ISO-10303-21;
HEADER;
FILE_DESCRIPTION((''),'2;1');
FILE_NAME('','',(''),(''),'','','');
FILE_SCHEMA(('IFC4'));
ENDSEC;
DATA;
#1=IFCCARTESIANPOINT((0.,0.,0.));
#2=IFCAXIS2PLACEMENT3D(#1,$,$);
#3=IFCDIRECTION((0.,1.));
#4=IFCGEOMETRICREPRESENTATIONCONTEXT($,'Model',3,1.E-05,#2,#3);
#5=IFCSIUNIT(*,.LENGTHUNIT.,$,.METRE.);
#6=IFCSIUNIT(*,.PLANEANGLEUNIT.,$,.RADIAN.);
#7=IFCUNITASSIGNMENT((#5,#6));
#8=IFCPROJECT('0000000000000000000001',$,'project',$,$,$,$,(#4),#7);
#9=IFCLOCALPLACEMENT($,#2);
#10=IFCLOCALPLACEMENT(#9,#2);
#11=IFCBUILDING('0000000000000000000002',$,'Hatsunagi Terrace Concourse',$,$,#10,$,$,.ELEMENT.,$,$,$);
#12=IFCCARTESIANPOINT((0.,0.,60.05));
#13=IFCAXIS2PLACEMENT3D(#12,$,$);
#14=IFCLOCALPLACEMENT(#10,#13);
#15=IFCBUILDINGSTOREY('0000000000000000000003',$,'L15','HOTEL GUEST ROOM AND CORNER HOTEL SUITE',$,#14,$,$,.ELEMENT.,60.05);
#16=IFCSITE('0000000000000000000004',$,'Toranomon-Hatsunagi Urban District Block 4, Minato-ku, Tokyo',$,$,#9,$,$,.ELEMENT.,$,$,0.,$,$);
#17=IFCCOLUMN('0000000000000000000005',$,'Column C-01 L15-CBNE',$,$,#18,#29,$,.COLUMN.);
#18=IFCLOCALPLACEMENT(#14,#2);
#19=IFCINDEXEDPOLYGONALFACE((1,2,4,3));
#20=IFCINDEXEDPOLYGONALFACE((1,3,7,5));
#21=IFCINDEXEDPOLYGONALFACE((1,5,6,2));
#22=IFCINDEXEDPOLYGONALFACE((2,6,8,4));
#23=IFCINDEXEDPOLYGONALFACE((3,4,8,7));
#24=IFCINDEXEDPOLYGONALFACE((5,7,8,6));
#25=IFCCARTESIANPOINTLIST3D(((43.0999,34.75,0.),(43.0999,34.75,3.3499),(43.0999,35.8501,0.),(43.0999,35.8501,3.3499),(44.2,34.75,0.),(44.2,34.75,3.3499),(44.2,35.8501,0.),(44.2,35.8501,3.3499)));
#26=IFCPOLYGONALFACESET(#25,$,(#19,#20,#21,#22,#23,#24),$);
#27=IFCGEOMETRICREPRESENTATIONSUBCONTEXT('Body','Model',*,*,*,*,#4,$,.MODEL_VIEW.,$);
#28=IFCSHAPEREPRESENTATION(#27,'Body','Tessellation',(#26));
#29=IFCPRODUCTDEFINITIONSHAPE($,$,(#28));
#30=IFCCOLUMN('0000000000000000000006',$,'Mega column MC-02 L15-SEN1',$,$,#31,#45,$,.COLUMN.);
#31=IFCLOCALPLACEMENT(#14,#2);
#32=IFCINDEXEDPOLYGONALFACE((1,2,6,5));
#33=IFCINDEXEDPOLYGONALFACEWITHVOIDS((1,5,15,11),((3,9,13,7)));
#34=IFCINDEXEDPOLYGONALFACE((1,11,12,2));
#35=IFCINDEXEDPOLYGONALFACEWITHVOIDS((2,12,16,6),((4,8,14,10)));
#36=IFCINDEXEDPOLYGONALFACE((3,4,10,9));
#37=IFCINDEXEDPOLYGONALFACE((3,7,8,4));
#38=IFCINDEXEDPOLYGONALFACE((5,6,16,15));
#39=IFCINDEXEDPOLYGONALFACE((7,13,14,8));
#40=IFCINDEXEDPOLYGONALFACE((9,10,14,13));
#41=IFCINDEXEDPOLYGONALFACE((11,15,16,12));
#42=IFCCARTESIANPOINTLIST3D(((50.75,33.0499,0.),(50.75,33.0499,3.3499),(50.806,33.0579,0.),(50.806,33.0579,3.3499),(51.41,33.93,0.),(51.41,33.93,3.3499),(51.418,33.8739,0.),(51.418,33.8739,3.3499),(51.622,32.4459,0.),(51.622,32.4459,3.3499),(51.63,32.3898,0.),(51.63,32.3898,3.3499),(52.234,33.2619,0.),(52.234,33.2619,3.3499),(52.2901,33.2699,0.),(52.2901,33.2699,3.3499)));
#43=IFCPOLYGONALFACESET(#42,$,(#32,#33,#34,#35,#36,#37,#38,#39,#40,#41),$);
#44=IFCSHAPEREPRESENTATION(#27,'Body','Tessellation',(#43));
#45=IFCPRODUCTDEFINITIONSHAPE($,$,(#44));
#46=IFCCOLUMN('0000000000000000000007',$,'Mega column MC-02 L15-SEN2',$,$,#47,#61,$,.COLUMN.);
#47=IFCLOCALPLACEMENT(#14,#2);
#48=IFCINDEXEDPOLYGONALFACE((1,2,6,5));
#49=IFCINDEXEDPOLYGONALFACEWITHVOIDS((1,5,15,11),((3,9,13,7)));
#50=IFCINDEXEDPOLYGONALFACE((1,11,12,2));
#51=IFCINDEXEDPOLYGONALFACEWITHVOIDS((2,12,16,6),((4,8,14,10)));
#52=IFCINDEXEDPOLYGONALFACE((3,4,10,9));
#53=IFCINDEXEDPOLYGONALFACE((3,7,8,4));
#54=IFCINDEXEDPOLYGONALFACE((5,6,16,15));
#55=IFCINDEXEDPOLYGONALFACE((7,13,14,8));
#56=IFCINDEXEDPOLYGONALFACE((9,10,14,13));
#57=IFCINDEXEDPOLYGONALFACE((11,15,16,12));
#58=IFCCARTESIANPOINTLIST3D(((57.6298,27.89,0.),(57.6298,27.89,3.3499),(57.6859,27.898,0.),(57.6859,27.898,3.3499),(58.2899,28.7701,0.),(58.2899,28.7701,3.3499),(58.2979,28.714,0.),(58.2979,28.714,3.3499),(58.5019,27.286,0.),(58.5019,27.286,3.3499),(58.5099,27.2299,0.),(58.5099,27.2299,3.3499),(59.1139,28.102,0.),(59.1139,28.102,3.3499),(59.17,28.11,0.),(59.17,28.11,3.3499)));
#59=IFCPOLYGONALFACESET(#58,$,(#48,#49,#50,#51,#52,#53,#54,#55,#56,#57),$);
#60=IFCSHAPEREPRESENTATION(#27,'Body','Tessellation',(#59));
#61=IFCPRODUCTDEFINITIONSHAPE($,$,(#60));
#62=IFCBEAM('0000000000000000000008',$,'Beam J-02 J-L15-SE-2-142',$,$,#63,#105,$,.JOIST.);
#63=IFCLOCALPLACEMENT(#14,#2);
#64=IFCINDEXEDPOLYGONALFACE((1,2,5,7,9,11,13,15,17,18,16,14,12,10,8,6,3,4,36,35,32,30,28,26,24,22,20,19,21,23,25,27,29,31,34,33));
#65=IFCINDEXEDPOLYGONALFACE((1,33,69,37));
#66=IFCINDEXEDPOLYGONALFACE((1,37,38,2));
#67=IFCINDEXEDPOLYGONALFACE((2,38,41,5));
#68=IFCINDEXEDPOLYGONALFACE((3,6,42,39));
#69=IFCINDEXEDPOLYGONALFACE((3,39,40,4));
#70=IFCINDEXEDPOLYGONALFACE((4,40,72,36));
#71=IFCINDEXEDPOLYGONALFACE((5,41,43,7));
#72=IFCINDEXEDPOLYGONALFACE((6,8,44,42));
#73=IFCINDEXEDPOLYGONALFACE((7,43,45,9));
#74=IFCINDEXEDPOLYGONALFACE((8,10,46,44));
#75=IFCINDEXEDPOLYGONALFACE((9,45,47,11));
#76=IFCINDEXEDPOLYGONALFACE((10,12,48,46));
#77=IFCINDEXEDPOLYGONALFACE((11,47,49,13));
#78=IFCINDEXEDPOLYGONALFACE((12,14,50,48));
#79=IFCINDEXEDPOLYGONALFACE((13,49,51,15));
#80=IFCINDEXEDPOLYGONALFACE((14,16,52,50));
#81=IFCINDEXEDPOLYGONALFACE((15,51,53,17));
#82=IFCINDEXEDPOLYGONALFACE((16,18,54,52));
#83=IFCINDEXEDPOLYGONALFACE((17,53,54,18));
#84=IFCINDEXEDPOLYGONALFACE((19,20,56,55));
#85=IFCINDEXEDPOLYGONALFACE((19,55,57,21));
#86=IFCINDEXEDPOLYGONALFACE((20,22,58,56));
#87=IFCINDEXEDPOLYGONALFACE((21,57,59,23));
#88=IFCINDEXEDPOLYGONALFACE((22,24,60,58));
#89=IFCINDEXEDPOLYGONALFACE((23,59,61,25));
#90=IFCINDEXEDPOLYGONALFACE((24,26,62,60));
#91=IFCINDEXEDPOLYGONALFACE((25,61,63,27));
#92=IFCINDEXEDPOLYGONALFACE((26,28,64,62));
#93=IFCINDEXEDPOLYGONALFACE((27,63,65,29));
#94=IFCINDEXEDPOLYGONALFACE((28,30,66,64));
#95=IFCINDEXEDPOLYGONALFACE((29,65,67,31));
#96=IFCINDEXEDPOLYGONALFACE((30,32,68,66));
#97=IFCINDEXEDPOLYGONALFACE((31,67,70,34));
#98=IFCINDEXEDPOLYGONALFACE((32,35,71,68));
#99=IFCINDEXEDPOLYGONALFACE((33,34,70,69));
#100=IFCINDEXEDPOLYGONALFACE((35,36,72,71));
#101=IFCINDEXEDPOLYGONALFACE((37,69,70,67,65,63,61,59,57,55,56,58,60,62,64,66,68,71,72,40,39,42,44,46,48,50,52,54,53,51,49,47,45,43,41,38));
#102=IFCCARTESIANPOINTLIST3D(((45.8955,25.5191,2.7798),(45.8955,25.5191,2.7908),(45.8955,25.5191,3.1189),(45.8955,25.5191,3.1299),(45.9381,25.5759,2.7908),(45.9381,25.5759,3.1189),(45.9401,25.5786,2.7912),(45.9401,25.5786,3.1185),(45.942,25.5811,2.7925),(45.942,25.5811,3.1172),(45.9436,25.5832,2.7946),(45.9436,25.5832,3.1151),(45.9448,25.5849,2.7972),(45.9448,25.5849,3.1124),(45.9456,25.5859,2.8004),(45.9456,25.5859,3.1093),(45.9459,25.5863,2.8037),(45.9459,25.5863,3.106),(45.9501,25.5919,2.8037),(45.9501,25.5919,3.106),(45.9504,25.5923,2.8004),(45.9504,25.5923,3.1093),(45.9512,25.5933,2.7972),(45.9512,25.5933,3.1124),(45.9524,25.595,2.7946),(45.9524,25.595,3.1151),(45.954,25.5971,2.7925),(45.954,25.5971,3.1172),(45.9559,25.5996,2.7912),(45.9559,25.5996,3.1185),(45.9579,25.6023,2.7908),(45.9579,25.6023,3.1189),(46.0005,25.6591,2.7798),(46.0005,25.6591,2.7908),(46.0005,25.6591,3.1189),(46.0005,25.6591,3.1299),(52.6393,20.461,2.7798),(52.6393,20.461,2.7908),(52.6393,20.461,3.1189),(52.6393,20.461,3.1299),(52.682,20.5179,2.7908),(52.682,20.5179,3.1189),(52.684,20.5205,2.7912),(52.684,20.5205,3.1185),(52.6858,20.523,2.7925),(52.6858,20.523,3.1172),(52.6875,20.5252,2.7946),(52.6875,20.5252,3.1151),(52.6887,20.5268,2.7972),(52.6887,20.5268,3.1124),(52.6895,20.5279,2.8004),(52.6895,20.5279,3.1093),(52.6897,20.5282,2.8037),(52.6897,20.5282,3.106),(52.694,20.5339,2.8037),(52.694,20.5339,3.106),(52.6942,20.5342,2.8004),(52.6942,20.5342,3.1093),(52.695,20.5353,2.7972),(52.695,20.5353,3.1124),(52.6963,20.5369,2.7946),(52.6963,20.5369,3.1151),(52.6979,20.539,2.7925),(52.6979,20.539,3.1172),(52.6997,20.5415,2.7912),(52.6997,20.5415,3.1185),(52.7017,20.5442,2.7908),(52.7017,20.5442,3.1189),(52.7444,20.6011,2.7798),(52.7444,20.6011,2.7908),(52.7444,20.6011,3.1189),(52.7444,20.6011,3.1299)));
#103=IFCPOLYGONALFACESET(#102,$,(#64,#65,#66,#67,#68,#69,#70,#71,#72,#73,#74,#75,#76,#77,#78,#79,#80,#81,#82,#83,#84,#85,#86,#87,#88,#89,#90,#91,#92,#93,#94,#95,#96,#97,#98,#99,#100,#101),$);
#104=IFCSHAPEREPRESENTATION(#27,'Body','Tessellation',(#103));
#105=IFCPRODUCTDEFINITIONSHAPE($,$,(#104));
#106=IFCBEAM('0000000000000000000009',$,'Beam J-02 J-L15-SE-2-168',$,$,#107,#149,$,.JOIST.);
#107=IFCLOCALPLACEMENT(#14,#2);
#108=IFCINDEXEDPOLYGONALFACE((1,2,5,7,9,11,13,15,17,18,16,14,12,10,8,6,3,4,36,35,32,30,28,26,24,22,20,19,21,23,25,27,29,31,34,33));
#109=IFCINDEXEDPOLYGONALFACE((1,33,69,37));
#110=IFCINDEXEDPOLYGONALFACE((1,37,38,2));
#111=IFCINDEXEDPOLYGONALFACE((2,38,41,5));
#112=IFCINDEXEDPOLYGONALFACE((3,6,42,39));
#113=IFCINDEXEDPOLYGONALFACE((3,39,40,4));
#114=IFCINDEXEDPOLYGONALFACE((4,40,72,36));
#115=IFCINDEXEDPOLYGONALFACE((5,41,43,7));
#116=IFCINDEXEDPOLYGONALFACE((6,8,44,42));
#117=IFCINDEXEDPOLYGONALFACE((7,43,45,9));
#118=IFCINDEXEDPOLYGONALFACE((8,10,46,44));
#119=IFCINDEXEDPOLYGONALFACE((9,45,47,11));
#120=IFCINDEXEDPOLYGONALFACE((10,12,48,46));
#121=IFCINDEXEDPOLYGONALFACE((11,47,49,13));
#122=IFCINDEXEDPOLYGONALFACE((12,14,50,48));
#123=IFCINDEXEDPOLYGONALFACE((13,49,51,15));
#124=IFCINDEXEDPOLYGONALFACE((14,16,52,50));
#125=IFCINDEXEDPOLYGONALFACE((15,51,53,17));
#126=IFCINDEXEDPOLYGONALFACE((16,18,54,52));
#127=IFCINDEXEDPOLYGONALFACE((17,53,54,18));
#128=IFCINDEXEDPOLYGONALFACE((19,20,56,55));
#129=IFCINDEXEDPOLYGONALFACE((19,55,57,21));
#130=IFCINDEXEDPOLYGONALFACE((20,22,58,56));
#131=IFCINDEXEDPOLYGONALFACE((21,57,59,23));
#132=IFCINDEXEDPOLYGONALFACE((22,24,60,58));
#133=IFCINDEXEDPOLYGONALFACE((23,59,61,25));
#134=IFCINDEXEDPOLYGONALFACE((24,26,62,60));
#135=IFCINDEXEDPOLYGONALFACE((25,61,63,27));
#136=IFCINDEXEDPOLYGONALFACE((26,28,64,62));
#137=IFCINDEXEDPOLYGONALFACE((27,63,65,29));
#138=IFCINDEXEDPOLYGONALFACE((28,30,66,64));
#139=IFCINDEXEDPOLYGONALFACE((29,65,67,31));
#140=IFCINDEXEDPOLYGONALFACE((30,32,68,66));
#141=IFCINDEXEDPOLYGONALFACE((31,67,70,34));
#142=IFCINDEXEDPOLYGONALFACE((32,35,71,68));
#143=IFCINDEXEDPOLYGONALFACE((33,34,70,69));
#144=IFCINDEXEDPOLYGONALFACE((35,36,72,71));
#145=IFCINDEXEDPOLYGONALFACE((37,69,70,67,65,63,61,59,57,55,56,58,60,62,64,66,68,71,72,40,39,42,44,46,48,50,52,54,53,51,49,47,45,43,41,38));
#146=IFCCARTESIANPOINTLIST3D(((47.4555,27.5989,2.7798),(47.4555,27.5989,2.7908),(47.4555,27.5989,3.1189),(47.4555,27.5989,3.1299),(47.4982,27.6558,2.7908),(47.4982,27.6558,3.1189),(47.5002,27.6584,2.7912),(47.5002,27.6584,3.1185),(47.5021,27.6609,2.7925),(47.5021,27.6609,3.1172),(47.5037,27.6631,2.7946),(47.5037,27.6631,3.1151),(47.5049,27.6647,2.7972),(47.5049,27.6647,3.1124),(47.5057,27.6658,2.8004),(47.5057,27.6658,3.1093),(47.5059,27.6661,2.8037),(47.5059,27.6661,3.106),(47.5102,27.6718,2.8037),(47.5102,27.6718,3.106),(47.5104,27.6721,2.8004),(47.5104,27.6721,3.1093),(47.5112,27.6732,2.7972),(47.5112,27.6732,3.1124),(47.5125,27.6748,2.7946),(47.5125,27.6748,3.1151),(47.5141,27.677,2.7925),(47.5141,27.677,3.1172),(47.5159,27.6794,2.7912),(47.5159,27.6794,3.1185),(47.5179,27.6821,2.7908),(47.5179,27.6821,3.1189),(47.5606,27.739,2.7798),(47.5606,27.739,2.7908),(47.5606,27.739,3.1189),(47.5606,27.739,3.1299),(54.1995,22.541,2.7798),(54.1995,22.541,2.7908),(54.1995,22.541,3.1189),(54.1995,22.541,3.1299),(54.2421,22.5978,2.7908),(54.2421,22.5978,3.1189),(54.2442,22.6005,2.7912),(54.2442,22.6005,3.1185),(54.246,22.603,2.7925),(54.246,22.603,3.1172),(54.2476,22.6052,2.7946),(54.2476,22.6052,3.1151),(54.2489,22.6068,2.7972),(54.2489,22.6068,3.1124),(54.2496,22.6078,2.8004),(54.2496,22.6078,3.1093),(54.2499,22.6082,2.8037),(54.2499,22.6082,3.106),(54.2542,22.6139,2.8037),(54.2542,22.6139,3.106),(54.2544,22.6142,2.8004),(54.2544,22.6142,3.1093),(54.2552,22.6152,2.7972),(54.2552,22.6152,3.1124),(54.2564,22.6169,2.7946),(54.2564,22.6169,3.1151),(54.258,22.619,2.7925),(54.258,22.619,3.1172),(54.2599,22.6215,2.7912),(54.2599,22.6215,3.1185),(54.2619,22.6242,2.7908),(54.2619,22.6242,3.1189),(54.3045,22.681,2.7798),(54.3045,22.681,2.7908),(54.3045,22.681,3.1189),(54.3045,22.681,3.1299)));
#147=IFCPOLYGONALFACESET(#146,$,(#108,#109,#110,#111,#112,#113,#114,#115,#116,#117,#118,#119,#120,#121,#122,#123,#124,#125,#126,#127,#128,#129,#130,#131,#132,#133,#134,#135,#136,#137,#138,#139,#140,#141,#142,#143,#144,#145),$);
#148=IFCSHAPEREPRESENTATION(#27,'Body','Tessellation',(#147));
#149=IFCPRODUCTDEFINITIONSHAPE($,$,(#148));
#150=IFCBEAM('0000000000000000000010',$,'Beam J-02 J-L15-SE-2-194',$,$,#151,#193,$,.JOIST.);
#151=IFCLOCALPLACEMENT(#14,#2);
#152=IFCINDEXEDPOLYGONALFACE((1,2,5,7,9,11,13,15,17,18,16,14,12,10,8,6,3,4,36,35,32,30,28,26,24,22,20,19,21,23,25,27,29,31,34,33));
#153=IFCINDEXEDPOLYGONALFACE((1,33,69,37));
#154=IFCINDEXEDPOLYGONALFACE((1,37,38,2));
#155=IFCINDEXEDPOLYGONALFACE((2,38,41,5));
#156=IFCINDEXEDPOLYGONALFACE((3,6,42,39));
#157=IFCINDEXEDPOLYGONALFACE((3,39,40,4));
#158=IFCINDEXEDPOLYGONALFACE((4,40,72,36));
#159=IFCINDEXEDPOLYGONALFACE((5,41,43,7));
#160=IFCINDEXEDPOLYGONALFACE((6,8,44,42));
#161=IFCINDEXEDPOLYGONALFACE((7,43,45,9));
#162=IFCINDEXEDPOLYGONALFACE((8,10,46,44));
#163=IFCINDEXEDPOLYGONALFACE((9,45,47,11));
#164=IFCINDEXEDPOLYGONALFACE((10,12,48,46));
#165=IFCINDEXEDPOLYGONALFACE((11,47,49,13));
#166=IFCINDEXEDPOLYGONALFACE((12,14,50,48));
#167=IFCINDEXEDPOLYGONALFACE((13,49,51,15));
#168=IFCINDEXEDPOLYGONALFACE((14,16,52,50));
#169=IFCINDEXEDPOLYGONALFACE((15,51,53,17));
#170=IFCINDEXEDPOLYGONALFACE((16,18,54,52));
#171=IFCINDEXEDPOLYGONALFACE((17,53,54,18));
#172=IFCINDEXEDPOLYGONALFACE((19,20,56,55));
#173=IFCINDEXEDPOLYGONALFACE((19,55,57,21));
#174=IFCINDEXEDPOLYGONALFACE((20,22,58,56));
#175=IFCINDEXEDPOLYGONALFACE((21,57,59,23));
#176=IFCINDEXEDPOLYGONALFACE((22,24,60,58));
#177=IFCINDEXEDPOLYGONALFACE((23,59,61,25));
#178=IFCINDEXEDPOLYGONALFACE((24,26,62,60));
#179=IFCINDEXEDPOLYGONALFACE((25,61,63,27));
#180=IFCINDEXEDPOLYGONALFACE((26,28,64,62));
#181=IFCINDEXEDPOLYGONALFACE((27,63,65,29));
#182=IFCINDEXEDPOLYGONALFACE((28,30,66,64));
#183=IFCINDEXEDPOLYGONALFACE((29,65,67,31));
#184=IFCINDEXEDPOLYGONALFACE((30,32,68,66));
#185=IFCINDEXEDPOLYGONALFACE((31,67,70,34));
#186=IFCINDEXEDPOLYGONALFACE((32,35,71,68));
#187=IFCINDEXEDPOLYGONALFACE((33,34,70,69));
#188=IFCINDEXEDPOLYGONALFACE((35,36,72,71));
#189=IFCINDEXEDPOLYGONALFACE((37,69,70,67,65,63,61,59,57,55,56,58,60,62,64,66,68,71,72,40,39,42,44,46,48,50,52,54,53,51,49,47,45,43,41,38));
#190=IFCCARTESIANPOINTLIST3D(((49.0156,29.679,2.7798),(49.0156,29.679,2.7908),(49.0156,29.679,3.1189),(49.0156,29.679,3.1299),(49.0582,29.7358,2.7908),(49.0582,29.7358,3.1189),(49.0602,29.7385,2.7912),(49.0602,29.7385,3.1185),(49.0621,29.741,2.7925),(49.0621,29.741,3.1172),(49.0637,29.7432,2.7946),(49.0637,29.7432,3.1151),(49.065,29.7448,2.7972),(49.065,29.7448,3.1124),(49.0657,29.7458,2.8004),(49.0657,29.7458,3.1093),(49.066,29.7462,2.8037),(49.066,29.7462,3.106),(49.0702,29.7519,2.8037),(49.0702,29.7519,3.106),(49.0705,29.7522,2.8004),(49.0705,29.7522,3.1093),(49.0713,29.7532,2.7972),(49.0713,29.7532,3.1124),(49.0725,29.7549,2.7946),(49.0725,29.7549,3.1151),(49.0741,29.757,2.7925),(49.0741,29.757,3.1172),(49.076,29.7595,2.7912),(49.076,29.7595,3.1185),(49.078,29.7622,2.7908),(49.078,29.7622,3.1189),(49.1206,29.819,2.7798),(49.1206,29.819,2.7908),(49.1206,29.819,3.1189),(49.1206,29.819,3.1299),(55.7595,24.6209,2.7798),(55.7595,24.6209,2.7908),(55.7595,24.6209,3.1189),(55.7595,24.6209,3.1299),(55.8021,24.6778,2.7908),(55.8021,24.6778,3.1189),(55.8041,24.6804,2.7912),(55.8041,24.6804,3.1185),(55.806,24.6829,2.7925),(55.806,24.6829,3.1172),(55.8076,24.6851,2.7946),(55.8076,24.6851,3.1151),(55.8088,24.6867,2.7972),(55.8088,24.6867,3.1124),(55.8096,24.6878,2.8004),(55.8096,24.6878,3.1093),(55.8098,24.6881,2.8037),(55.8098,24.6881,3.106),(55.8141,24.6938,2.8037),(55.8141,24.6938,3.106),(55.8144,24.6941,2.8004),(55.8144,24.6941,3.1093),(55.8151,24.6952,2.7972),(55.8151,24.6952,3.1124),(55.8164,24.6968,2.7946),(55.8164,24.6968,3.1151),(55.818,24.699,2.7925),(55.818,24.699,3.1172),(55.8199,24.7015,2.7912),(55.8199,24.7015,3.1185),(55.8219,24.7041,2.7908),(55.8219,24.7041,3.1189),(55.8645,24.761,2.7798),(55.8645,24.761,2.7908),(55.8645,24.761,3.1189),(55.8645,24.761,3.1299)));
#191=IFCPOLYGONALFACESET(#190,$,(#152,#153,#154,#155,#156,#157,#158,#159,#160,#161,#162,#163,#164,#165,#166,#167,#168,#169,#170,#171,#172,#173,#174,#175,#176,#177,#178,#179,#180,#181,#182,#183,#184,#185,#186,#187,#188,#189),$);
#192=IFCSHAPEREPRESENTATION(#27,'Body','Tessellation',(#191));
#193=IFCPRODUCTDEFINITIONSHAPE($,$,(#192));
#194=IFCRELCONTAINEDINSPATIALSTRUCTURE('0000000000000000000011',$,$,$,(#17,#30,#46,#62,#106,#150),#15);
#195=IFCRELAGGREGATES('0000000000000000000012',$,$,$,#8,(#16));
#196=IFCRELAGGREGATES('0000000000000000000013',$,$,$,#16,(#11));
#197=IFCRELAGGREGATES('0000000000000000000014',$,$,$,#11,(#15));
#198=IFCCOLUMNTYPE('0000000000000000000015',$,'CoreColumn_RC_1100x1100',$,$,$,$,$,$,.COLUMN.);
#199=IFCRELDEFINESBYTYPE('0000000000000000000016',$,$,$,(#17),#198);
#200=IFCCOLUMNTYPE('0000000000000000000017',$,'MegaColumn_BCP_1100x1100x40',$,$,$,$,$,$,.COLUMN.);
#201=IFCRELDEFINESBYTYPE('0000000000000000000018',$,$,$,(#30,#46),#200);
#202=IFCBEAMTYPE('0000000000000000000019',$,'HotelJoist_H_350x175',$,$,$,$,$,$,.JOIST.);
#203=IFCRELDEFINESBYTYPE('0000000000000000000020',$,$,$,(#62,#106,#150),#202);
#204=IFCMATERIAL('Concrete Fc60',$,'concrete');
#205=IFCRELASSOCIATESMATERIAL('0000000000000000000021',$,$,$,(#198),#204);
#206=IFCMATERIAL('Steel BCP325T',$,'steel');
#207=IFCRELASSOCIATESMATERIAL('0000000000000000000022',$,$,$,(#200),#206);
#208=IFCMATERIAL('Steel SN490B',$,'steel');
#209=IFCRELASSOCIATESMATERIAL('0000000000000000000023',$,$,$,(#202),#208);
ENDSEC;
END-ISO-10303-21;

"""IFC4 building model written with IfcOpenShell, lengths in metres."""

from ifc_helpers import new_model, si_unit, direction, frame, origin, origin_2d, place, context, subcontext, project, spatial, rectangle, hollow_rectangle, i_section, extrude, material, material_profile, profile_set, type_object, element, save


model = new_model("IFC4")

# Units and contexts
model_context = context("Model", 3, precision=1e-05, world=origin(), true_north=direction((0.0, 1.0)))
body_context = subcontext(model_context, "Body", "Model", "MODEL_VIEW")
ifc_project = project(units=[si_unit("LENGTHUNIT", "METRE"), si_unit("PLANEANGLEUNIT", "RADIAN")], contexts=[model_context])

# Site, building, storey
site_placement = place(None, origin())
site = spatial("IfcSite", under=ifc_project, at=site_placement, Name="Toranomon-Hatsunagi Urban District Block 4, Minato-ku, Tokyo", CompositionType="ELEMENT", RefElevation=0.0)
building_placement = place(site_placement, origin())
building = spatial("IfcBuilding", under=site, at=building_placement, Name="Hatsunagi Terrace Concourse", CompositionType="ELEMENT")
storey_placement = place(building_placement, frame((0.0, 0.0, 60.05)))
storey = spatial("IfcBuildingStorey", under=building, at=storey_placement, Name="L15", Description="HOTEL GUEST ROOM AND CORNER HOTEL SUITE", CompositionType="ELEMENT", Elevation=60.05)

# Columns
ifc_material_1 = material(Name="Concrete Fc60", Category="concrete")
ifc_material_profile_1 = material_profile(ifc_material_1, rectangle(XDim=1.1001, YDim=1.1001, at=origin_2d()), Name="RC-1100x1100")
ifc_profile_set_1 = profile_set([ifc_material_profile_1], Name="Concrete Fc60")
column_type_1 = type_object("IfcColumnType", Name="CoreColumn_RC_1100x1100", PredefinedType="COLUMN", material=ifc_profile_set_1)
column_placement = place(storey_placement, frame((43.6499, 35.3, 0.0), z_axis=(0.0, 0.0, 1.0), x_axis=(1.0, 0.0, 0.0)))
element("IfcColumn", 1, at=column_placement, inside=storey, type_object=column_type_1, Name="Column C-01 L15-CBNE", PredefinedType="COLUMN", context=body_context, shape_type="SweptSolid", body=[
    extrude(rectangle(XDim=1.1001, YDim=1.1001, at=origin_2d()), origin(), (0.0, 0.0, 1.0), 3.3499),
])
ifc_material_2 = material(Name="Steel BCP325T", Category="steel")
ifc_material_profile_2 = material_profile(ifc_material_2, hollow_rectangle(XDim=1.1001, YDim=1.1001, WallThickness=0.04, at=origin_2d()), Name="BCP-1100x1100x40")
ifc_profile_set_2 = profile_set([ifc_material_profile_2], Name="Steel BCP325T")
column_type_2 = type_object("IfcColumnType", Name="MegaColumn_BCP_1100x1100x40", PredefinedType="COLUMN", material=ifc_profile_set_2)
for number, where, z_axis, x_axis, name in (
    (2, (51.52, 33.1599, 0.0), (0.0, 0.0, 1.0), (0.8, -0.6, 0.0), "Mega column MC-02 L15-SEN1"),
    (3, (58.3999, 28.0, 0.0), (0.0, 0.0, 1.0), (0.8, -0.6, 0.0), "Mega column MC-02 L15-SEN2"),
):
    element("IfcColumn", number, at=place(storey_placement, frame(where, z_axis=z_axis, x_axis=x_axis)), inside=storey, type_object=column_type_2, Name=name, PredefinedType="COLUMN", context=body_context, shape_type="SweptSolid", body=[
        extrude(hollow_rectangle(XDim=1.1001, YDim=1.1001, WallThickness=0.04, at=origin_2d()), origin(), (0.0, 0.0, 1.0), 3.3499),
    ])

# Beams
ifc_material_3 = material(Name="Steel SN490B", Category="steel")
ifc_material_profile_3 = material_profile(ifc_material_3, i_section(OverallWidth=0.175, OverallDepth=0.3501, WebThickness=0.0071, FlangeThickness=0.011, FilletRadius=0.0129, at=origin_2d()), Name="H-350x175x7x11")
ifc_profile_set_3 = profile_set([ifc_material_profile_3], Name="Steel SN490B")
beam_type_1 = type_object("IfcBeamType", Name="HotelJoist_H_350x175", PredefinedType="JOIST", material=ifc_profile_set_3)
for number, where, z_axis, x_axis, name in (
    (4, (45.948, 25.5891, 2.9548), (0.79999, -0.600014, 0.0), (0.600014, 0.79999, 0.0), "Beam J-02 J-L15-SE-2-142"),
    (5, (47.5081, 27.6689, 2.9548), (0.800003, -0.599995, 0.0), (0.599995, 0.800003, 0.0), "Beam J-02 J-L15-SE-2-168"),
    (6, (49.0681, 29.749, 2.9548), (0.79999, -0.600014, 0.0), (0.600014, 0.79999, 0.0), "Beam J-02 J-L15-SE-2-194"),
):
    element("IfcBeam", number, at=place(storey_placement, frame(where, z_axis=z_axis, x_axis=x_axis)), inside=storey, type_object=beam_type_1, Name=name, PredefinedType="JOIST", context=body_context, shape_type="SweptSolid", body=[
        extrude(i_section(OverallWidth=0.175, OverallDepth=0.3501, WebThickness=0.0071, FlangeThickness=0.011, FilletRadius=0.0129, at=origin_2d()), origin(), (0.0, 0.0, 1.0), 8.4299),
    ])

save(model, "model.ifc")
